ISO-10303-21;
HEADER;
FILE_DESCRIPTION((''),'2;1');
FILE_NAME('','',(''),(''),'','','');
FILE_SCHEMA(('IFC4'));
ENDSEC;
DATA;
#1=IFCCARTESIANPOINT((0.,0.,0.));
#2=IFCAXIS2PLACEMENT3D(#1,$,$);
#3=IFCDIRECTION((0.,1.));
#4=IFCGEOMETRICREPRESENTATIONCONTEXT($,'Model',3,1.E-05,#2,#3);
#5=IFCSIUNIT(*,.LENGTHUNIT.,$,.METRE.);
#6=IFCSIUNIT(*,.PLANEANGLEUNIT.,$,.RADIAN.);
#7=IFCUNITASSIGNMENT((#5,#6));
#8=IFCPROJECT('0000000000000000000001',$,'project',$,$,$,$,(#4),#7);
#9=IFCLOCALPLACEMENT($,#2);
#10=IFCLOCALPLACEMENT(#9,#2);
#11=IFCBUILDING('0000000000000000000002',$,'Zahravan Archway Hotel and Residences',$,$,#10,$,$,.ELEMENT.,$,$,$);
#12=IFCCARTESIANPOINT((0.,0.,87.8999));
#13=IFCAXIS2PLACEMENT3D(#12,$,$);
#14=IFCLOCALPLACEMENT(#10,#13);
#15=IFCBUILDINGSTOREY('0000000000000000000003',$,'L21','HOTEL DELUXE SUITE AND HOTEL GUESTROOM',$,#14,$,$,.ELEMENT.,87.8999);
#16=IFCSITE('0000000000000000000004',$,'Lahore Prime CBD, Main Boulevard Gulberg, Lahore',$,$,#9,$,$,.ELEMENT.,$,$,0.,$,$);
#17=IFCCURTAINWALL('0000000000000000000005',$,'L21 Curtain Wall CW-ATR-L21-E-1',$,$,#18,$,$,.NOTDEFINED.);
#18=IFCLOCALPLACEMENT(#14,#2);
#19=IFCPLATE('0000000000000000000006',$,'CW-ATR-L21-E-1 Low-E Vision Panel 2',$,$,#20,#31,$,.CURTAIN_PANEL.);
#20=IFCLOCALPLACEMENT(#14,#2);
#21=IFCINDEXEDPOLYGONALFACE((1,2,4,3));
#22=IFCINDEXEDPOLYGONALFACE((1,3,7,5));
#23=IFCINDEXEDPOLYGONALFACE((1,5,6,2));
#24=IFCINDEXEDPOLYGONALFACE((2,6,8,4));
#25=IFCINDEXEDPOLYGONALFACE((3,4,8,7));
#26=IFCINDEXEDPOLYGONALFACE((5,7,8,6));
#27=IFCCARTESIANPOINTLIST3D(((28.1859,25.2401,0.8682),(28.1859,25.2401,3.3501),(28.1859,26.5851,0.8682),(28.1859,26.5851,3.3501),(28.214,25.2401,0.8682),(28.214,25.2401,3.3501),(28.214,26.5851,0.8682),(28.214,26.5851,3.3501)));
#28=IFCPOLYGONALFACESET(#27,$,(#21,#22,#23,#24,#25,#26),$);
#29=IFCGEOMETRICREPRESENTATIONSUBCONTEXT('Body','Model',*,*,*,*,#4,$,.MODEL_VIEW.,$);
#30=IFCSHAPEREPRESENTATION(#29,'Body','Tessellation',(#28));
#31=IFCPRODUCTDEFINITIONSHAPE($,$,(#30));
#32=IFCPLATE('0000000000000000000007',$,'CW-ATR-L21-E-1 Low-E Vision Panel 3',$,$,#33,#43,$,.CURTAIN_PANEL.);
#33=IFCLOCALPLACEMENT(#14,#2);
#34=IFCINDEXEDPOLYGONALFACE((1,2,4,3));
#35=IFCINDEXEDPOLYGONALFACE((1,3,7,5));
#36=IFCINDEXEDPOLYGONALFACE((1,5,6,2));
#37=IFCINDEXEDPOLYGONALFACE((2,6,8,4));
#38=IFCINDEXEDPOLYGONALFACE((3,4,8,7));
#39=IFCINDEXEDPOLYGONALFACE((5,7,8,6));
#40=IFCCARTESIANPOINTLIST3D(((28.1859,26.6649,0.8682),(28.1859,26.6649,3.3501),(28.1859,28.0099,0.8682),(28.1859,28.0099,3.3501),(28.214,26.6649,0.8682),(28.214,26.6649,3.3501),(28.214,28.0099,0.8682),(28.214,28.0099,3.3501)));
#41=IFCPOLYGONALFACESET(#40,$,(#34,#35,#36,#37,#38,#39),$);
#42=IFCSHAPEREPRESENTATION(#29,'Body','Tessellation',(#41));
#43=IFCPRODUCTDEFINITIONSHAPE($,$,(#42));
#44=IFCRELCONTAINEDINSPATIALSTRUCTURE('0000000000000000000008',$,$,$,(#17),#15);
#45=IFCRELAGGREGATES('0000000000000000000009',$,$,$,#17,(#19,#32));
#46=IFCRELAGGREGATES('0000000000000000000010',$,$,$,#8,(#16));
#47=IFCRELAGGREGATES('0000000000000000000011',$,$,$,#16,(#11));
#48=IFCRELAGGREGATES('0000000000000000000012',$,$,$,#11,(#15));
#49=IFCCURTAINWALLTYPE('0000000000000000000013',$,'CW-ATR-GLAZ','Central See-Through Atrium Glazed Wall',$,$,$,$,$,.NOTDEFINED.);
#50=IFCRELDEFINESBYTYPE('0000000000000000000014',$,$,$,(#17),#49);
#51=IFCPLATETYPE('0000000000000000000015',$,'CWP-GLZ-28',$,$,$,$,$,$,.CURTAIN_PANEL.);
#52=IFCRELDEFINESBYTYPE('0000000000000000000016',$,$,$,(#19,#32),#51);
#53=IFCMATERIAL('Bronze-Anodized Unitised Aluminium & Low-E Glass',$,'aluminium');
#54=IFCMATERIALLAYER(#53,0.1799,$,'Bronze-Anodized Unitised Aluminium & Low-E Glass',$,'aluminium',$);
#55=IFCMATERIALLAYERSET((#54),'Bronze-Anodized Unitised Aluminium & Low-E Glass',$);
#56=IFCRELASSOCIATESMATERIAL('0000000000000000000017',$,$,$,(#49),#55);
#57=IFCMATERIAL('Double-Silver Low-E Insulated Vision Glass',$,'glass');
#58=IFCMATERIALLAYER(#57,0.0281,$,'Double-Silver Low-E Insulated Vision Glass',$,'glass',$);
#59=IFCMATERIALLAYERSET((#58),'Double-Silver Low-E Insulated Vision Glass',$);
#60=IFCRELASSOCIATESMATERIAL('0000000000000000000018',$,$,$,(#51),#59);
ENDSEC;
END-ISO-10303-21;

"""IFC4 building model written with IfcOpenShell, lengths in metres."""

from ifc_helpers import new_model, si_unit, direction, frame, origin, origin_2d, place, context, subcontext, project, spatial, rectangle, extrude, source, transform, mapped, material, layer, layer_set, type_object, element, aggregate, save


model = new_model("IFC4")

# Units and contexts
model_context = context("Model", 3, precision=1e-05, world=origin(), true_north=direction((0.0, 1.0)))
body_context = subcontext(model_context, "Body", "Model", "MODEL_VIEW")
ifc_project = project(units=[si_unit("LENGTHUNIT", "METRE"), si_unit("PLANEANGLEUNIT", "RADIAN")], contexts=[model_context])

# Site, building, storey
site_placement = place(None, origin())
site = spatial("IfcSite", under=ifc_project, at=site_placement, Name="Lahore Prime CBD, Main Boulevard Gulberg, Lahore", CompositionType="ELEMENT", RefElevation=0.0)
building_placement = place(site_placement, origin())
building = spatial("IfcBuilding", under=site, at=building_placement, Name="Zahravan Archway Hotel and Residences", CompositionType="ELEMENT")
storey_placement = place(building_placement, frame((0.0, 0.0, 87.8999)))
storey = spatial("IfcBuildingStorey", under=building, at=storey_placement, Name="L21", Description="HOTEL DELUXE SUITE AND HOTEL GUESTROOM", CompositionType="ELEMENT", Elevation=87.8999)

# Curtain wall
ifc_material_1 = material(Name="Bronze-Anodized Unitised Aluminium & Low-E Glass", Category="aluminium")
ifc_layer_1 = layer(ifc_material_1, 0.1799, Name="Bronze-Anodized Unitised Aluminium & Low-E Glass", Category="aluminium")
ifc_layer_set_1 = layer_set([ifc_layer_1], Name="Bronze-Anodized Unitised Aluminium & Low-E Glass")
curtain_wall_type = type_object("IfcCurtainWallType", Name="CW-ATR-GLAZ", Description="Central See-Through Atrium Glazed Wall", PredefinedType="NOTDEFINED", material=ifc_layer_set_1)
curtain_wall_1_placement = place(storey_placement, origin())
curtain_wall_1 = element("IfcCurtainWall", 1, at=curtain_wall_1_placement, inside=storey, type_object=curtain_wall_type, Name="L21 Curtain Wall CW-ATR-L21-E-1", PredefinedType="NOTDEFINED")

# Plates
ifc_material_2 = material(Name="Double-Silver Low-E Insulated Vision Glass", Category="glass")
ifc_layer_2 = layer(ifc_material_2, 0.0281, Name="Double-Silver Low-E Insulated Vision Glass", Category="glass")
ifc_layer_set_2 = layer_set([ifc_layer_2], Name="Double-Silver Low-E Insulated Vision Glass")
plate_type_1 = type_object("IfcPlateType", Name="CWP-GLZ-28", PredefinedType="CURTAIN_PANEL", material=ifc_layer_set_2)
shared_shape_1 = source(origin(), body_context, "Body", "SweptSolid", [
    extrude(rectangle(XDim=1.345, YDim=0.0281, at=origin_2d()), origin(), (0.0, 0.0, 1.0), 2.4819),
])
plate_1_placement = place(storey_placement, frame((28.2, 25.9126, 0.8682), z_axis=(0.0, 0.0, 1.0), x_axis=(0.0, 1.0, 0.0)))
plate_1 = element("IfcPlate", 2, at=plate_1_placement, type_object=plate_type_1, Name="CW-ATR-L21-E-1 Low-E Vision Panel 2", PredefinedType="CURTAIN_PANEL", context=body_context, shape_type="MappedRepresentation", body=[
    mapped(shared_shape_1, transform((0.0, 0.0, 0.0), scale=1.0)),
])
plate_2_placement = place(storey_placement, frame((28.2, 27.3374, 0.8682), z_axis=(0.0, 0.0, 1.0), x_axis=(0.0, 1.0, 0.0)))
plate_2 = element("IfcPlate", 3, at=plate_2_placement, type_object=plate_type_1, Name="CW-ATR-L21-E-1 Low-E Vision Panel 3", PredefinedType="CURTAIN_PANEL", context=body_context, shape_type="MappedRepresentation", body=[
    mapped(shared_shape_1, transform((0.0, 0.0, 0.0), scale=1.0)),
])
aggregate(curtain_wall_1, [plate_1, plate_2])

save(model, "model.ifc")
